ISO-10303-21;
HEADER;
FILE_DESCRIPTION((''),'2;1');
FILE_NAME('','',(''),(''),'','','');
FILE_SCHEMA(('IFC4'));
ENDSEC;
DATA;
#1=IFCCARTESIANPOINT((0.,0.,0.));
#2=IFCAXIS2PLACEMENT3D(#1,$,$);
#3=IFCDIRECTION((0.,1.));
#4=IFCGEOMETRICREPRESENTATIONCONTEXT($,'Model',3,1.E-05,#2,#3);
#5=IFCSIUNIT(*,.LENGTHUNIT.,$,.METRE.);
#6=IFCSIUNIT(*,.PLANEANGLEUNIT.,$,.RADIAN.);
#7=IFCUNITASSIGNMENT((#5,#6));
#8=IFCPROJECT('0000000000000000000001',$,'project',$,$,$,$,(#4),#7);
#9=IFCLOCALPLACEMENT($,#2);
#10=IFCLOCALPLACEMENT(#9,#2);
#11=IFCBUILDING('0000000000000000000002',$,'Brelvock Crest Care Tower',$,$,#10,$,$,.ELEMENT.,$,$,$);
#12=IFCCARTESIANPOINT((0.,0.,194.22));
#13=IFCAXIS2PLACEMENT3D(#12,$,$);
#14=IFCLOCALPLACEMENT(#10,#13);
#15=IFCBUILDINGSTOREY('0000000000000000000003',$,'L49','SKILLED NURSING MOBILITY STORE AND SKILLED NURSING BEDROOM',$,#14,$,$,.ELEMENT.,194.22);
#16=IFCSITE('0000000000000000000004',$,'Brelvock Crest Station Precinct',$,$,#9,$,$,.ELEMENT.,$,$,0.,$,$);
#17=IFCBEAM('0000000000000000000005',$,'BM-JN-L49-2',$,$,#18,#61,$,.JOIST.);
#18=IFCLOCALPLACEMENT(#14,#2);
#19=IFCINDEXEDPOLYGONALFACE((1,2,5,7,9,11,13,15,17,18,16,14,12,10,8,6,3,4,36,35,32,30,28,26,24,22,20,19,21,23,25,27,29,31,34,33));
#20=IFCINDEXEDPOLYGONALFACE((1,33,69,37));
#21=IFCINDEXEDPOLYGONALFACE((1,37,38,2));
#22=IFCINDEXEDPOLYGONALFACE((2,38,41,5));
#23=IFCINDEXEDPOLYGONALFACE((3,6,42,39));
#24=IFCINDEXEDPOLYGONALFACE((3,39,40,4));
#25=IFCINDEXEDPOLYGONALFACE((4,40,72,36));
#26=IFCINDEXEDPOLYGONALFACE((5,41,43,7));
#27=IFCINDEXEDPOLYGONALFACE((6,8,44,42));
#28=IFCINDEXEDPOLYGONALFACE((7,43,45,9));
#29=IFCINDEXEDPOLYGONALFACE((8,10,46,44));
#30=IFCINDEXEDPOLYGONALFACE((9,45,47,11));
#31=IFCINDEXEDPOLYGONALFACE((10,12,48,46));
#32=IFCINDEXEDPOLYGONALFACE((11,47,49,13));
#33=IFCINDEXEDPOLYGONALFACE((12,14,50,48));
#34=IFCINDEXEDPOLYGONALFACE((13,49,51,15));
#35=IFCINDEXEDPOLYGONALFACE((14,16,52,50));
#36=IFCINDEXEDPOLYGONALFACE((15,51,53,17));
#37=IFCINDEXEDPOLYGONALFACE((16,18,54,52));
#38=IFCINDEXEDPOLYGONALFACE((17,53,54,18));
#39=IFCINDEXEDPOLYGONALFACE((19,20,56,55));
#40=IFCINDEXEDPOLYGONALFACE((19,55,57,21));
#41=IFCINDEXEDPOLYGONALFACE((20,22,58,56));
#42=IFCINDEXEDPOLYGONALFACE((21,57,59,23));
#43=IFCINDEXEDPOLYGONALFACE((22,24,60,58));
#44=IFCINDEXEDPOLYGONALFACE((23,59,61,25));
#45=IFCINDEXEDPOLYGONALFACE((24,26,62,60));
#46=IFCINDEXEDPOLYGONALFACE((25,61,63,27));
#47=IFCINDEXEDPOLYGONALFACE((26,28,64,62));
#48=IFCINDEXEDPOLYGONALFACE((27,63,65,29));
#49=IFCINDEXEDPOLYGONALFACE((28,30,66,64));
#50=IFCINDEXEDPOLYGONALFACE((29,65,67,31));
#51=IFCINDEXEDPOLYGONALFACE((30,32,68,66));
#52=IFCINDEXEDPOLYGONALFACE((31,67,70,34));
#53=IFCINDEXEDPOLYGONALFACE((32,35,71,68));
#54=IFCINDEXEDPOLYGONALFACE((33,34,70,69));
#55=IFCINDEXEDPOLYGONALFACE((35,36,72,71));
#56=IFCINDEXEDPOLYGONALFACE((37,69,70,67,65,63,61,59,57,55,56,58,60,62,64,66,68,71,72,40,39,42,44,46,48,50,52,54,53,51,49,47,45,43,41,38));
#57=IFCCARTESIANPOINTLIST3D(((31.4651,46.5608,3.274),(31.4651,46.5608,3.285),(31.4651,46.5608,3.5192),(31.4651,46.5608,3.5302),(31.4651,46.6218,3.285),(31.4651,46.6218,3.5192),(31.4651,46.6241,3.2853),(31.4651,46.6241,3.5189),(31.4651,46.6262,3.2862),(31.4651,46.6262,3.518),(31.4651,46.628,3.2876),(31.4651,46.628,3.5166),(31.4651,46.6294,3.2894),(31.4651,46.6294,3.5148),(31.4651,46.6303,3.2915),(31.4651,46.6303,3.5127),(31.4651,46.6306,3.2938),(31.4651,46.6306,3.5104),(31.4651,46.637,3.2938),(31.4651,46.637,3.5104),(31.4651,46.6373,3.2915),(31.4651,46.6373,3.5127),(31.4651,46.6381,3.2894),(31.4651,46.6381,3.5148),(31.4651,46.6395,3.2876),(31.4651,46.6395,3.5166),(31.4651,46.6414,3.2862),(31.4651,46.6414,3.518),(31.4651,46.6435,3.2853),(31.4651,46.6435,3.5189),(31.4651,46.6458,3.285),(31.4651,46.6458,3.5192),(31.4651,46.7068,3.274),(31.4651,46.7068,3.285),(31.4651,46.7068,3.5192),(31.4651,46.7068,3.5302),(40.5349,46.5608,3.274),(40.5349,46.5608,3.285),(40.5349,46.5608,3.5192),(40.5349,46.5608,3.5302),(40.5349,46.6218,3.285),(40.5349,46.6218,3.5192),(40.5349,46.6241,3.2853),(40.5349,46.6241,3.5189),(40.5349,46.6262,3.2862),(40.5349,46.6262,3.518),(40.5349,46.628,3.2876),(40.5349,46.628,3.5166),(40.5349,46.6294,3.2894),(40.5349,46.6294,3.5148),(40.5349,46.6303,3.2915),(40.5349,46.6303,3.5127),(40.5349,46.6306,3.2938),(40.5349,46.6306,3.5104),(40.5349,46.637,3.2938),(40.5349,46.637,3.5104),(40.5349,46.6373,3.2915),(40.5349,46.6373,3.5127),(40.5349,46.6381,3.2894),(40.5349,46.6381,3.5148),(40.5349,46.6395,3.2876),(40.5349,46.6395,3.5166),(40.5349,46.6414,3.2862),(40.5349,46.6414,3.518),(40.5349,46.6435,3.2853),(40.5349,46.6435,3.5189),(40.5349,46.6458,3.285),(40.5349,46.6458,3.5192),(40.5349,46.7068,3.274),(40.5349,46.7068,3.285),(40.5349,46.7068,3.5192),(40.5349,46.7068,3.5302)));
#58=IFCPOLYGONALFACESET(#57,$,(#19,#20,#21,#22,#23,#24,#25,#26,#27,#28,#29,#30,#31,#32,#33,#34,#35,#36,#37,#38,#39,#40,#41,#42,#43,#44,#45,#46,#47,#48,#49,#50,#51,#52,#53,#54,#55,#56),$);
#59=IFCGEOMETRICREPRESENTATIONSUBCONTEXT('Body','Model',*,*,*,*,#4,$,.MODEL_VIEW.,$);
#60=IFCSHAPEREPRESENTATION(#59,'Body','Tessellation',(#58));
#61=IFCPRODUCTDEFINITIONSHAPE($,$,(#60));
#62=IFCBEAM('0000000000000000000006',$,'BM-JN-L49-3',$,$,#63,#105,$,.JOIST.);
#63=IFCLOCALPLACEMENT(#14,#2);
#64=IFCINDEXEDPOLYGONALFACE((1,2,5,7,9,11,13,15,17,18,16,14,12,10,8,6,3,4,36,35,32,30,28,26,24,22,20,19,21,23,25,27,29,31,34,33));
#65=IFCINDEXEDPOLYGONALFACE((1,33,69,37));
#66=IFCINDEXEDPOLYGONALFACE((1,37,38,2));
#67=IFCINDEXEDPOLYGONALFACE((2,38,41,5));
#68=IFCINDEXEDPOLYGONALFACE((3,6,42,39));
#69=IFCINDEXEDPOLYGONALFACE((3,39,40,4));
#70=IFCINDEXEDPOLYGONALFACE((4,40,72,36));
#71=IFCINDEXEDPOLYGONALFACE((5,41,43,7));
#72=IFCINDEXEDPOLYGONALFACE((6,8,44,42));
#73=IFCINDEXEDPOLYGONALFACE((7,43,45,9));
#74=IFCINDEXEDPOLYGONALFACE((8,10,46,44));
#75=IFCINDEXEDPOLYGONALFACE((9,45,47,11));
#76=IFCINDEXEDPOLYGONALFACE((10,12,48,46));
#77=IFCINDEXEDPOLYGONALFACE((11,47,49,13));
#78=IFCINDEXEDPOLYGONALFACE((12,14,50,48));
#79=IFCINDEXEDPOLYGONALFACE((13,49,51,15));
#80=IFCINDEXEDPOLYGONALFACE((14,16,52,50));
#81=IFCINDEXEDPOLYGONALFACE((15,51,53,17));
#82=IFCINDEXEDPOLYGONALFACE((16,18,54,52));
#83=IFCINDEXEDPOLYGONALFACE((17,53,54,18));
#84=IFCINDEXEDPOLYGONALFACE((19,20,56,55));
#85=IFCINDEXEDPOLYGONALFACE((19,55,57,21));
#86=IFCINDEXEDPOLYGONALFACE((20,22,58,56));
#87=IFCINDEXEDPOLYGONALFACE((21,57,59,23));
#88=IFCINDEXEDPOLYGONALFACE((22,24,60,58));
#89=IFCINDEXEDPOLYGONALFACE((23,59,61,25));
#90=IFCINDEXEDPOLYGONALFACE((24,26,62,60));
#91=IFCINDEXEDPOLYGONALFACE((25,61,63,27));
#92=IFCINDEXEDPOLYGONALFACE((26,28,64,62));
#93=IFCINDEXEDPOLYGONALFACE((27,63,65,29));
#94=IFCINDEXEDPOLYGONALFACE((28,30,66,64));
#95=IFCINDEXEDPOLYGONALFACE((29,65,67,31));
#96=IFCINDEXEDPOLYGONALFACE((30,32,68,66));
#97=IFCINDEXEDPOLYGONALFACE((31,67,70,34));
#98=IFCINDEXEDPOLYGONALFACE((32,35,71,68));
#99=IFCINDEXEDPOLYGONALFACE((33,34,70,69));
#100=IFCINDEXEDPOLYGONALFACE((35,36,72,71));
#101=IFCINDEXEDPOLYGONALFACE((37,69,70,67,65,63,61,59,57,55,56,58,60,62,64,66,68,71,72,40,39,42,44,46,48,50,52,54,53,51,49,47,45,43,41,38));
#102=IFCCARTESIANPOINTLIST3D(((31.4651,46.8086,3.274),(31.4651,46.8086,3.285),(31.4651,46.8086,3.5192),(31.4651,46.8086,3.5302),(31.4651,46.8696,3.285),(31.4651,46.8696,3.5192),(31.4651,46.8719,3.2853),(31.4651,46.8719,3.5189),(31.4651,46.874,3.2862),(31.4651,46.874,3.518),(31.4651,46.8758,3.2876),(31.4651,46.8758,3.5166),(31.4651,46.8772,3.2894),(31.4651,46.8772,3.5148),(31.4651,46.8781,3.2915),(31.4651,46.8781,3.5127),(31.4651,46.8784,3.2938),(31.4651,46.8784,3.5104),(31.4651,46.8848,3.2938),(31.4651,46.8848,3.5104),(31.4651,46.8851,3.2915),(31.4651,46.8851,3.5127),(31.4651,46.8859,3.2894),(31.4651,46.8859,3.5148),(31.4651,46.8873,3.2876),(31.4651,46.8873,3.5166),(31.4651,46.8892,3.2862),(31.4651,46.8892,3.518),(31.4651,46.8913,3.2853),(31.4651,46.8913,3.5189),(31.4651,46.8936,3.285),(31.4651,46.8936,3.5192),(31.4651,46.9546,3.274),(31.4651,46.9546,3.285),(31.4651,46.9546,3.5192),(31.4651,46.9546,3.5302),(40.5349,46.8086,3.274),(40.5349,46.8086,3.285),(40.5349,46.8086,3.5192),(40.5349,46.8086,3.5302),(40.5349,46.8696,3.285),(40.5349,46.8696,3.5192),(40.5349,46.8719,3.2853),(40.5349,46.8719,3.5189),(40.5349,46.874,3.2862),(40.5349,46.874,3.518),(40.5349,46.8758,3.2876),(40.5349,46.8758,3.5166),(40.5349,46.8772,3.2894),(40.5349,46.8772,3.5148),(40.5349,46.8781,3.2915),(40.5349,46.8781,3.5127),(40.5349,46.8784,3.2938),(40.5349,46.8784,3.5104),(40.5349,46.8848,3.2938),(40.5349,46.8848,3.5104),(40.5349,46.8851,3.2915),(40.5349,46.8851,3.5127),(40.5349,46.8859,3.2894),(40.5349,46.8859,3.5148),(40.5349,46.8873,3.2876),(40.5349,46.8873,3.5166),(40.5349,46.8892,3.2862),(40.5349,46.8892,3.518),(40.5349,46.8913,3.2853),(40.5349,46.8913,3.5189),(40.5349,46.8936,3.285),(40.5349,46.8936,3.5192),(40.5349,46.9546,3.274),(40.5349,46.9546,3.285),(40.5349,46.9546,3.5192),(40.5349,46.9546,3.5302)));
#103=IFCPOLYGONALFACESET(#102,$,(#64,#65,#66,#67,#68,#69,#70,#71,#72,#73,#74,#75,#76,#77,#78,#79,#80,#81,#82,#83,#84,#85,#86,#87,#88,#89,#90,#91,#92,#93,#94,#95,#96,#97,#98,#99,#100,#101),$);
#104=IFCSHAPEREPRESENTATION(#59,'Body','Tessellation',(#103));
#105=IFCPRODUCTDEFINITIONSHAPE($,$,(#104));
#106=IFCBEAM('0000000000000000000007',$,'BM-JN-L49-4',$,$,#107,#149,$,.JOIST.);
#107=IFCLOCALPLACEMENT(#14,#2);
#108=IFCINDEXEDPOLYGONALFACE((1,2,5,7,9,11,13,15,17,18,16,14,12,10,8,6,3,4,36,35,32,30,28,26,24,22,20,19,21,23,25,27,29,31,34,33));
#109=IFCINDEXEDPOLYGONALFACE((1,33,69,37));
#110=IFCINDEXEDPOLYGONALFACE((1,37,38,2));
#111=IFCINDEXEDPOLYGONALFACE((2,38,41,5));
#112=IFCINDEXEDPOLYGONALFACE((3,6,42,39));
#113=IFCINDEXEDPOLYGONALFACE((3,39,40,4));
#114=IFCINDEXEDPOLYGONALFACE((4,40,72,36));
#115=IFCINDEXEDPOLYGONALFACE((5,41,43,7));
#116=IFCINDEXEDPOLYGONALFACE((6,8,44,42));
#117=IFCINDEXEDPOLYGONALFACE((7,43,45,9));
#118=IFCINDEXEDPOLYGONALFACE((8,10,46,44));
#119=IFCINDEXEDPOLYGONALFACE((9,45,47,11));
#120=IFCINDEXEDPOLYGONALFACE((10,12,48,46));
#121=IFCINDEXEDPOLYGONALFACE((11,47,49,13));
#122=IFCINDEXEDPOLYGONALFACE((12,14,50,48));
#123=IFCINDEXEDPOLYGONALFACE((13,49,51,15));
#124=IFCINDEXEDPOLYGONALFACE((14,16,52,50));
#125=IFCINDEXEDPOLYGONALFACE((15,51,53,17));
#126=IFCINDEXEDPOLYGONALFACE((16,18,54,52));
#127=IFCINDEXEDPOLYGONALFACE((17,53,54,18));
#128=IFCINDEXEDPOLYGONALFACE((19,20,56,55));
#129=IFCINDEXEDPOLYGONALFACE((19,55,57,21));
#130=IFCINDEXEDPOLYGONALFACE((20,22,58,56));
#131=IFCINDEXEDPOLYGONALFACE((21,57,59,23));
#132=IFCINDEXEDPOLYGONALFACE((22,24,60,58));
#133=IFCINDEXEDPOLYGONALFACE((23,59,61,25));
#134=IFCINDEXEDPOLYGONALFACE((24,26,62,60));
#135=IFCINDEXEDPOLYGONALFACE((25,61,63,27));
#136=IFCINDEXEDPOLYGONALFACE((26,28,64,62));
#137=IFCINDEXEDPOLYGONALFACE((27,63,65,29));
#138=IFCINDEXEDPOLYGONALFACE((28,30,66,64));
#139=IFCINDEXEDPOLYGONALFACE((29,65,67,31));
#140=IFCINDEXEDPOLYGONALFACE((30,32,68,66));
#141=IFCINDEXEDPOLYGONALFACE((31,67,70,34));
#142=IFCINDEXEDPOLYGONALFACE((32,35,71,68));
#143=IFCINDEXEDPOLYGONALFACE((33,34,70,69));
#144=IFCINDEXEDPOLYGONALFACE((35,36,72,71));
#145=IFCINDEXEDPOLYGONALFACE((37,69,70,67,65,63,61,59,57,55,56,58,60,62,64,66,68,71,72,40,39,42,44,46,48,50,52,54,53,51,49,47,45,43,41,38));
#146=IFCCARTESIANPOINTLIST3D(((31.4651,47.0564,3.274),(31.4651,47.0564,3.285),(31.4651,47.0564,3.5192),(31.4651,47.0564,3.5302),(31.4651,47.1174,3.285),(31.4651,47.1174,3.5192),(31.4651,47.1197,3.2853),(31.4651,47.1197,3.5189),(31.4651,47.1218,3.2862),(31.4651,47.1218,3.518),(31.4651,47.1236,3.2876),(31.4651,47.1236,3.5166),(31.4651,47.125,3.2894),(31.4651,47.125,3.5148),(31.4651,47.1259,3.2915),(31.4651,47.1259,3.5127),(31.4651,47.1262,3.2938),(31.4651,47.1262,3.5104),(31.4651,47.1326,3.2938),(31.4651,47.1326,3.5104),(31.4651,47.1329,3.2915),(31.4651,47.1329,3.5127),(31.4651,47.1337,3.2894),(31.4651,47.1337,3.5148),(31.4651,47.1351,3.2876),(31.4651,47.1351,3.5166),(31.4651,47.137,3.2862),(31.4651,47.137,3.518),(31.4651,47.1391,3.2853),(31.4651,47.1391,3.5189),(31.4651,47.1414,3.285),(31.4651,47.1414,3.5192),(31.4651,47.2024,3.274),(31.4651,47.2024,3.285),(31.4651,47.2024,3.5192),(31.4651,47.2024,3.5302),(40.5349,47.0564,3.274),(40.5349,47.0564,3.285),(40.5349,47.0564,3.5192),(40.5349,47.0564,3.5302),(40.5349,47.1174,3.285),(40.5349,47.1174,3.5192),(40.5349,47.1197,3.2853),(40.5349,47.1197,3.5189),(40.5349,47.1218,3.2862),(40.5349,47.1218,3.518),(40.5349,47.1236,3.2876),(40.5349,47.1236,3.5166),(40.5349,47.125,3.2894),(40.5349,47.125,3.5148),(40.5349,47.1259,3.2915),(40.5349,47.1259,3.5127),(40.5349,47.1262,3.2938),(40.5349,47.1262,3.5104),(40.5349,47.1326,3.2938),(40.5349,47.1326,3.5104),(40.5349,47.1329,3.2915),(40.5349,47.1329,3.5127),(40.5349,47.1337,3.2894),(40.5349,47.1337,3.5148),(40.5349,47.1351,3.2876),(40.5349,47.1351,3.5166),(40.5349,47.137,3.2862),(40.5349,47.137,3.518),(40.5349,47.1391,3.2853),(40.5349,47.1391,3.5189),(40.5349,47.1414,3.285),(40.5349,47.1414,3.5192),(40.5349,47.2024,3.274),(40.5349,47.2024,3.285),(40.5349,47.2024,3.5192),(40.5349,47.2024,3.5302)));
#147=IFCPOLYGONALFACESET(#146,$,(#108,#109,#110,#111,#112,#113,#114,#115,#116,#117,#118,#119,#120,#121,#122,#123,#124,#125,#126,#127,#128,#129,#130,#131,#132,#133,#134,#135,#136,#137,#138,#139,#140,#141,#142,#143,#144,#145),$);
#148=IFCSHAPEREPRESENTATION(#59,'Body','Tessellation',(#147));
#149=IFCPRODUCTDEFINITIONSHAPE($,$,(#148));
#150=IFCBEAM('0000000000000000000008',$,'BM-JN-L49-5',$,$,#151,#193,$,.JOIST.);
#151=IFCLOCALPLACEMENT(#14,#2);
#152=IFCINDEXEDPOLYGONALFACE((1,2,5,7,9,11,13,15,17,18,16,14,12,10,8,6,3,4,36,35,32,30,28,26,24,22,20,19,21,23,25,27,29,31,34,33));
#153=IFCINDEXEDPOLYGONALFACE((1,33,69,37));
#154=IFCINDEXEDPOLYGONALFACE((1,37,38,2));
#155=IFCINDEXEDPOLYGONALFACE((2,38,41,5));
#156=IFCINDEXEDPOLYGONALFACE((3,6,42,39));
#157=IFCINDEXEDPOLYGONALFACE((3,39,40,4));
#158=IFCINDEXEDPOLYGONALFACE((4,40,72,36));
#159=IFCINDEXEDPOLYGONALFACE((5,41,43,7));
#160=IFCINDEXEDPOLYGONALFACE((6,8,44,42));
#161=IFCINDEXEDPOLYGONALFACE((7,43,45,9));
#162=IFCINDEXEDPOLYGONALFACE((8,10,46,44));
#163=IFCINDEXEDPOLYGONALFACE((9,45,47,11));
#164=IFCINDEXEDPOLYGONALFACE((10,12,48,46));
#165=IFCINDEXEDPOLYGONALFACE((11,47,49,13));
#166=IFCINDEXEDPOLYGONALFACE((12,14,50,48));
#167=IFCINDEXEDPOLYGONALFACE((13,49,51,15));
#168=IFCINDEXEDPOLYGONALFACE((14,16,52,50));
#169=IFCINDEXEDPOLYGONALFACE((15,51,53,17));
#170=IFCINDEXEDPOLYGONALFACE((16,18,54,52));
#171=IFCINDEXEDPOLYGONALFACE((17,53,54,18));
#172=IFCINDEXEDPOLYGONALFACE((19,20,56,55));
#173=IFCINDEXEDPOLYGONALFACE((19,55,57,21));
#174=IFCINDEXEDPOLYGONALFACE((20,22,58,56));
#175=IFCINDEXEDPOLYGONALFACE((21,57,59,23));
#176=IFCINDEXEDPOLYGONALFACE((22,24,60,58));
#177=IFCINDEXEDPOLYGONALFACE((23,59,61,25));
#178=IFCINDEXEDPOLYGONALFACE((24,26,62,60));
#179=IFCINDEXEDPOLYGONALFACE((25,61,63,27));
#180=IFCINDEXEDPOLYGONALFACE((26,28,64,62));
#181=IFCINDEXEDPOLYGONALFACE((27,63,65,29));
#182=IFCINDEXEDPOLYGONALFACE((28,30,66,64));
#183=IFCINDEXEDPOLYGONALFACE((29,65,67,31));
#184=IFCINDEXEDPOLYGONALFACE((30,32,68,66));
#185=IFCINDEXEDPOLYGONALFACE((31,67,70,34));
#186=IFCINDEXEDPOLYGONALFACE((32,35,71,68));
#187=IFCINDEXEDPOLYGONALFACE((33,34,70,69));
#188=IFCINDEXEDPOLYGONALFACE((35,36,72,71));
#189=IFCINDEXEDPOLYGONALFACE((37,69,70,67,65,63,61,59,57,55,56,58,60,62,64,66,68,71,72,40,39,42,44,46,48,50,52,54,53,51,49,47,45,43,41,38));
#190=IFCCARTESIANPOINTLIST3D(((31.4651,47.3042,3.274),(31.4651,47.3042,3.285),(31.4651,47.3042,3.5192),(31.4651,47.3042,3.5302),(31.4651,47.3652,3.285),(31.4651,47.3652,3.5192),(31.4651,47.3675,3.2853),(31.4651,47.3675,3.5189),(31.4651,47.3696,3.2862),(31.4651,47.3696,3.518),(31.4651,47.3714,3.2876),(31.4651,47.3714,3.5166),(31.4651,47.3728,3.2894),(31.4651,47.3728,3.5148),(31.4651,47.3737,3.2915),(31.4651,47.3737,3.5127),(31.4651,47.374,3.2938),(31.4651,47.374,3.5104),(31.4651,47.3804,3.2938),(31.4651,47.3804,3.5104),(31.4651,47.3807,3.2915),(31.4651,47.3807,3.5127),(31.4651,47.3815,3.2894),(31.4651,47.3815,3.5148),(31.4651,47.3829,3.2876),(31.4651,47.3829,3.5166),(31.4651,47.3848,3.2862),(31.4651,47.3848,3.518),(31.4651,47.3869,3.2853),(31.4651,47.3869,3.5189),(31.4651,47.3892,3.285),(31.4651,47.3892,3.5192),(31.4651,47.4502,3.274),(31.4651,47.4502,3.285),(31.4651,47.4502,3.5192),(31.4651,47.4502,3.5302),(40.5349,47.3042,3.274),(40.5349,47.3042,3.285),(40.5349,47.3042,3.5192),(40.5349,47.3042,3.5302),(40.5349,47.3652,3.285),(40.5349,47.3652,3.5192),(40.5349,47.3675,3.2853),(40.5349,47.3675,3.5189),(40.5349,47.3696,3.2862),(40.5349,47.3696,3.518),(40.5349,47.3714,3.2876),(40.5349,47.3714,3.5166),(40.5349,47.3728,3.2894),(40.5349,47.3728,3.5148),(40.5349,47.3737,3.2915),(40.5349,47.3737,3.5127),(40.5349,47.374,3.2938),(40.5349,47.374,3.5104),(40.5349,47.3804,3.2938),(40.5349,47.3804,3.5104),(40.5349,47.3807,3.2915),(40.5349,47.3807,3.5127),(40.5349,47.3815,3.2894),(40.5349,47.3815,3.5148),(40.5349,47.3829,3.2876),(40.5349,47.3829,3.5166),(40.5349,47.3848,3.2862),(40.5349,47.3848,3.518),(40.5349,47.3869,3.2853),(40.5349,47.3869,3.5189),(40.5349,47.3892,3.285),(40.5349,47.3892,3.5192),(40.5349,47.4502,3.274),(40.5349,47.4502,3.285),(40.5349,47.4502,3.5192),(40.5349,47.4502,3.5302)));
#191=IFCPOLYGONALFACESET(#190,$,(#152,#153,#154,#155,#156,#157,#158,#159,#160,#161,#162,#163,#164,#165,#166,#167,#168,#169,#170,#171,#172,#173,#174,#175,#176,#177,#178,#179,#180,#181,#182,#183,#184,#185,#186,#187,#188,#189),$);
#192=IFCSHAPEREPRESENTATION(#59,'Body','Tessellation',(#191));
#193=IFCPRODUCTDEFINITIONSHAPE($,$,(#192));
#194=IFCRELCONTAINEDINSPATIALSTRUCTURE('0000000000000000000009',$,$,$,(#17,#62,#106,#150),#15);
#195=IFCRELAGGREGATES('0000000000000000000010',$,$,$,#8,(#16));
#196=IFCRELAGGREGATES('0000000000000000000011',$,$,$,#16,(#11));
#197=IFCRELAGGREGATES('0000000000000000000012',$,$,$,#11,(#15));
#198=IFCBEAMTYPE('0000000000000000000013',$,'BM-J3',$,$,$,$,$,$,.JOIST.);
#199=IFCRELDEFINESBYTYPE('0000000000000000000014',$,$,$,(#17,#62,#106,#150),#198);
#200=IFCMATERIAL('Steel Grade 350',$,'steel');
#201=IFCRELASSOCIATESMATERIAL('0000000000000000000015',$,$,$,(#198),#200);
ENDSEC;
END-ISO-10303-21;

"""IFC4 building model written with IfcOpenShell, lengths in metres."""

from ifc_helpers import new_model, si_unit, direction, frame, origin, origin_2d, place, context, subcontext, project, spatial, i_section, extrude, source, transform, mapped, material, material_profile, profile_set, type_object, element, save


model = new_model("IFC4")

# Units and contexts
model_context = context("Model", 3, precision=1e-05, world=origin(), true_north=direction((0.0, 1.0)))
body_context = subcontext(model_context, "Body", "Model", "MODEL_VIEW")
ifc_project = project(units=[si_unit("LENGTHUNIT", "METRE"), si_unit("PLANEANGLEUNIT", "RADIAN")], contexts=[model_context])

# Site, building, storey
site_placement = place(None, origin())
site = spatial("IfcSite", under=ifc_project, at=site_placement, Name="Brelvock Crest Station Precinct", CompositionType="ELEMENT", RefElevation=0.0)
building_placement = place(site_placement, origin())
building = spatial("IfcBuilding", under=site, at=building_placement, Name="Brelvock Crest Care Tower", CompositionType="ELEMENT")
storey_placement = place(building_placement, frame((0.0, 0.0, 194.22)))
storey = spatial("IfcBuildingStorey", under=building, at=storey_placement, Name="L49", Description="SKILLED NURSING MOBILITY STORE AND SKILLED NURSING BEDROOM", CompositionType="ELEMENT", Elevation=194.22)

# Shared definitions
ifc_material_1 = material(Name="Steel Grade 350", Category="steel")

# Beams
ifc_material_profile_1 = material_profile(ifc_material_1, i_section(OverallWidth=0.146, OverallDepth=0.2561, WebThickness=0.0063, FlangeThickness=0.011, FilletRadius=0.0088, at=origin_2d()), Name="250UB37.3")
ifc_profile_set_1 = profile_set([ifc_material_profile_1], Name="Steel Grade 350")
beam_type_1 = type_object("IfcBeamType", Name="BM-J3", PredefinedType="JOIST", material=ifc_profile_set_1)
shared_shape_1 = source(origin(), body_context, "Body", "SweptSolid", [
    extrude(i_section(OverallWidth=0.146, OverallDepth=0.2561, WebThickness=0.0063, FlangeThickness=0.011, FilletRadius=0.0088, at=origin_2d()), origin(), (0.0, 0.0, 1.0), 9.0698),
])
for number, where, z_axis, x_axis, name in (
    (1, (31.4651, 46.6338, 3.4021), (1.0, 0.0, 0.0), (0.0, 1.0, 0.0), "BM-JN-L49-2"),
    (2, (31.4651, 46.8816, 3.4021), (1.0, 0.0, 0.0), (0.0, 1.0, 0.0), "BM-JN-L49-3"),
    (3, (31.4651, 47.1294, 3.4021), (1.0, 0.0, 0.0), (0.0, 1.0, 0.0), "BM-JN-L49-4"),
    (4, (31.4651, 47.3772, 3.4021), (1.0, 0.0, 0.0), (0.0, 1.0, 0.0), "BM-JN-L49-5"),
):
    element("IfcBeam", number, at=place(storey_placement, frame(where, z_axis=z_axis, x_axis=x_axis)), inside=storey, type_object=beam_type_1, Name=name, PredefinedType="JOIST", context=body_context, shape_type="MappedRepresentation", body=[
        mapped(shared_shape_1, transform((0.0, 0.0, 0.0), x_axis=(1.0, 0.0, 0.0), y_axis=(0.0, 1.0, 0.0), z_axis=(0.0, 0.0, 1.0), scale=1.0)),
    ])

save(model, "model.ifc")
